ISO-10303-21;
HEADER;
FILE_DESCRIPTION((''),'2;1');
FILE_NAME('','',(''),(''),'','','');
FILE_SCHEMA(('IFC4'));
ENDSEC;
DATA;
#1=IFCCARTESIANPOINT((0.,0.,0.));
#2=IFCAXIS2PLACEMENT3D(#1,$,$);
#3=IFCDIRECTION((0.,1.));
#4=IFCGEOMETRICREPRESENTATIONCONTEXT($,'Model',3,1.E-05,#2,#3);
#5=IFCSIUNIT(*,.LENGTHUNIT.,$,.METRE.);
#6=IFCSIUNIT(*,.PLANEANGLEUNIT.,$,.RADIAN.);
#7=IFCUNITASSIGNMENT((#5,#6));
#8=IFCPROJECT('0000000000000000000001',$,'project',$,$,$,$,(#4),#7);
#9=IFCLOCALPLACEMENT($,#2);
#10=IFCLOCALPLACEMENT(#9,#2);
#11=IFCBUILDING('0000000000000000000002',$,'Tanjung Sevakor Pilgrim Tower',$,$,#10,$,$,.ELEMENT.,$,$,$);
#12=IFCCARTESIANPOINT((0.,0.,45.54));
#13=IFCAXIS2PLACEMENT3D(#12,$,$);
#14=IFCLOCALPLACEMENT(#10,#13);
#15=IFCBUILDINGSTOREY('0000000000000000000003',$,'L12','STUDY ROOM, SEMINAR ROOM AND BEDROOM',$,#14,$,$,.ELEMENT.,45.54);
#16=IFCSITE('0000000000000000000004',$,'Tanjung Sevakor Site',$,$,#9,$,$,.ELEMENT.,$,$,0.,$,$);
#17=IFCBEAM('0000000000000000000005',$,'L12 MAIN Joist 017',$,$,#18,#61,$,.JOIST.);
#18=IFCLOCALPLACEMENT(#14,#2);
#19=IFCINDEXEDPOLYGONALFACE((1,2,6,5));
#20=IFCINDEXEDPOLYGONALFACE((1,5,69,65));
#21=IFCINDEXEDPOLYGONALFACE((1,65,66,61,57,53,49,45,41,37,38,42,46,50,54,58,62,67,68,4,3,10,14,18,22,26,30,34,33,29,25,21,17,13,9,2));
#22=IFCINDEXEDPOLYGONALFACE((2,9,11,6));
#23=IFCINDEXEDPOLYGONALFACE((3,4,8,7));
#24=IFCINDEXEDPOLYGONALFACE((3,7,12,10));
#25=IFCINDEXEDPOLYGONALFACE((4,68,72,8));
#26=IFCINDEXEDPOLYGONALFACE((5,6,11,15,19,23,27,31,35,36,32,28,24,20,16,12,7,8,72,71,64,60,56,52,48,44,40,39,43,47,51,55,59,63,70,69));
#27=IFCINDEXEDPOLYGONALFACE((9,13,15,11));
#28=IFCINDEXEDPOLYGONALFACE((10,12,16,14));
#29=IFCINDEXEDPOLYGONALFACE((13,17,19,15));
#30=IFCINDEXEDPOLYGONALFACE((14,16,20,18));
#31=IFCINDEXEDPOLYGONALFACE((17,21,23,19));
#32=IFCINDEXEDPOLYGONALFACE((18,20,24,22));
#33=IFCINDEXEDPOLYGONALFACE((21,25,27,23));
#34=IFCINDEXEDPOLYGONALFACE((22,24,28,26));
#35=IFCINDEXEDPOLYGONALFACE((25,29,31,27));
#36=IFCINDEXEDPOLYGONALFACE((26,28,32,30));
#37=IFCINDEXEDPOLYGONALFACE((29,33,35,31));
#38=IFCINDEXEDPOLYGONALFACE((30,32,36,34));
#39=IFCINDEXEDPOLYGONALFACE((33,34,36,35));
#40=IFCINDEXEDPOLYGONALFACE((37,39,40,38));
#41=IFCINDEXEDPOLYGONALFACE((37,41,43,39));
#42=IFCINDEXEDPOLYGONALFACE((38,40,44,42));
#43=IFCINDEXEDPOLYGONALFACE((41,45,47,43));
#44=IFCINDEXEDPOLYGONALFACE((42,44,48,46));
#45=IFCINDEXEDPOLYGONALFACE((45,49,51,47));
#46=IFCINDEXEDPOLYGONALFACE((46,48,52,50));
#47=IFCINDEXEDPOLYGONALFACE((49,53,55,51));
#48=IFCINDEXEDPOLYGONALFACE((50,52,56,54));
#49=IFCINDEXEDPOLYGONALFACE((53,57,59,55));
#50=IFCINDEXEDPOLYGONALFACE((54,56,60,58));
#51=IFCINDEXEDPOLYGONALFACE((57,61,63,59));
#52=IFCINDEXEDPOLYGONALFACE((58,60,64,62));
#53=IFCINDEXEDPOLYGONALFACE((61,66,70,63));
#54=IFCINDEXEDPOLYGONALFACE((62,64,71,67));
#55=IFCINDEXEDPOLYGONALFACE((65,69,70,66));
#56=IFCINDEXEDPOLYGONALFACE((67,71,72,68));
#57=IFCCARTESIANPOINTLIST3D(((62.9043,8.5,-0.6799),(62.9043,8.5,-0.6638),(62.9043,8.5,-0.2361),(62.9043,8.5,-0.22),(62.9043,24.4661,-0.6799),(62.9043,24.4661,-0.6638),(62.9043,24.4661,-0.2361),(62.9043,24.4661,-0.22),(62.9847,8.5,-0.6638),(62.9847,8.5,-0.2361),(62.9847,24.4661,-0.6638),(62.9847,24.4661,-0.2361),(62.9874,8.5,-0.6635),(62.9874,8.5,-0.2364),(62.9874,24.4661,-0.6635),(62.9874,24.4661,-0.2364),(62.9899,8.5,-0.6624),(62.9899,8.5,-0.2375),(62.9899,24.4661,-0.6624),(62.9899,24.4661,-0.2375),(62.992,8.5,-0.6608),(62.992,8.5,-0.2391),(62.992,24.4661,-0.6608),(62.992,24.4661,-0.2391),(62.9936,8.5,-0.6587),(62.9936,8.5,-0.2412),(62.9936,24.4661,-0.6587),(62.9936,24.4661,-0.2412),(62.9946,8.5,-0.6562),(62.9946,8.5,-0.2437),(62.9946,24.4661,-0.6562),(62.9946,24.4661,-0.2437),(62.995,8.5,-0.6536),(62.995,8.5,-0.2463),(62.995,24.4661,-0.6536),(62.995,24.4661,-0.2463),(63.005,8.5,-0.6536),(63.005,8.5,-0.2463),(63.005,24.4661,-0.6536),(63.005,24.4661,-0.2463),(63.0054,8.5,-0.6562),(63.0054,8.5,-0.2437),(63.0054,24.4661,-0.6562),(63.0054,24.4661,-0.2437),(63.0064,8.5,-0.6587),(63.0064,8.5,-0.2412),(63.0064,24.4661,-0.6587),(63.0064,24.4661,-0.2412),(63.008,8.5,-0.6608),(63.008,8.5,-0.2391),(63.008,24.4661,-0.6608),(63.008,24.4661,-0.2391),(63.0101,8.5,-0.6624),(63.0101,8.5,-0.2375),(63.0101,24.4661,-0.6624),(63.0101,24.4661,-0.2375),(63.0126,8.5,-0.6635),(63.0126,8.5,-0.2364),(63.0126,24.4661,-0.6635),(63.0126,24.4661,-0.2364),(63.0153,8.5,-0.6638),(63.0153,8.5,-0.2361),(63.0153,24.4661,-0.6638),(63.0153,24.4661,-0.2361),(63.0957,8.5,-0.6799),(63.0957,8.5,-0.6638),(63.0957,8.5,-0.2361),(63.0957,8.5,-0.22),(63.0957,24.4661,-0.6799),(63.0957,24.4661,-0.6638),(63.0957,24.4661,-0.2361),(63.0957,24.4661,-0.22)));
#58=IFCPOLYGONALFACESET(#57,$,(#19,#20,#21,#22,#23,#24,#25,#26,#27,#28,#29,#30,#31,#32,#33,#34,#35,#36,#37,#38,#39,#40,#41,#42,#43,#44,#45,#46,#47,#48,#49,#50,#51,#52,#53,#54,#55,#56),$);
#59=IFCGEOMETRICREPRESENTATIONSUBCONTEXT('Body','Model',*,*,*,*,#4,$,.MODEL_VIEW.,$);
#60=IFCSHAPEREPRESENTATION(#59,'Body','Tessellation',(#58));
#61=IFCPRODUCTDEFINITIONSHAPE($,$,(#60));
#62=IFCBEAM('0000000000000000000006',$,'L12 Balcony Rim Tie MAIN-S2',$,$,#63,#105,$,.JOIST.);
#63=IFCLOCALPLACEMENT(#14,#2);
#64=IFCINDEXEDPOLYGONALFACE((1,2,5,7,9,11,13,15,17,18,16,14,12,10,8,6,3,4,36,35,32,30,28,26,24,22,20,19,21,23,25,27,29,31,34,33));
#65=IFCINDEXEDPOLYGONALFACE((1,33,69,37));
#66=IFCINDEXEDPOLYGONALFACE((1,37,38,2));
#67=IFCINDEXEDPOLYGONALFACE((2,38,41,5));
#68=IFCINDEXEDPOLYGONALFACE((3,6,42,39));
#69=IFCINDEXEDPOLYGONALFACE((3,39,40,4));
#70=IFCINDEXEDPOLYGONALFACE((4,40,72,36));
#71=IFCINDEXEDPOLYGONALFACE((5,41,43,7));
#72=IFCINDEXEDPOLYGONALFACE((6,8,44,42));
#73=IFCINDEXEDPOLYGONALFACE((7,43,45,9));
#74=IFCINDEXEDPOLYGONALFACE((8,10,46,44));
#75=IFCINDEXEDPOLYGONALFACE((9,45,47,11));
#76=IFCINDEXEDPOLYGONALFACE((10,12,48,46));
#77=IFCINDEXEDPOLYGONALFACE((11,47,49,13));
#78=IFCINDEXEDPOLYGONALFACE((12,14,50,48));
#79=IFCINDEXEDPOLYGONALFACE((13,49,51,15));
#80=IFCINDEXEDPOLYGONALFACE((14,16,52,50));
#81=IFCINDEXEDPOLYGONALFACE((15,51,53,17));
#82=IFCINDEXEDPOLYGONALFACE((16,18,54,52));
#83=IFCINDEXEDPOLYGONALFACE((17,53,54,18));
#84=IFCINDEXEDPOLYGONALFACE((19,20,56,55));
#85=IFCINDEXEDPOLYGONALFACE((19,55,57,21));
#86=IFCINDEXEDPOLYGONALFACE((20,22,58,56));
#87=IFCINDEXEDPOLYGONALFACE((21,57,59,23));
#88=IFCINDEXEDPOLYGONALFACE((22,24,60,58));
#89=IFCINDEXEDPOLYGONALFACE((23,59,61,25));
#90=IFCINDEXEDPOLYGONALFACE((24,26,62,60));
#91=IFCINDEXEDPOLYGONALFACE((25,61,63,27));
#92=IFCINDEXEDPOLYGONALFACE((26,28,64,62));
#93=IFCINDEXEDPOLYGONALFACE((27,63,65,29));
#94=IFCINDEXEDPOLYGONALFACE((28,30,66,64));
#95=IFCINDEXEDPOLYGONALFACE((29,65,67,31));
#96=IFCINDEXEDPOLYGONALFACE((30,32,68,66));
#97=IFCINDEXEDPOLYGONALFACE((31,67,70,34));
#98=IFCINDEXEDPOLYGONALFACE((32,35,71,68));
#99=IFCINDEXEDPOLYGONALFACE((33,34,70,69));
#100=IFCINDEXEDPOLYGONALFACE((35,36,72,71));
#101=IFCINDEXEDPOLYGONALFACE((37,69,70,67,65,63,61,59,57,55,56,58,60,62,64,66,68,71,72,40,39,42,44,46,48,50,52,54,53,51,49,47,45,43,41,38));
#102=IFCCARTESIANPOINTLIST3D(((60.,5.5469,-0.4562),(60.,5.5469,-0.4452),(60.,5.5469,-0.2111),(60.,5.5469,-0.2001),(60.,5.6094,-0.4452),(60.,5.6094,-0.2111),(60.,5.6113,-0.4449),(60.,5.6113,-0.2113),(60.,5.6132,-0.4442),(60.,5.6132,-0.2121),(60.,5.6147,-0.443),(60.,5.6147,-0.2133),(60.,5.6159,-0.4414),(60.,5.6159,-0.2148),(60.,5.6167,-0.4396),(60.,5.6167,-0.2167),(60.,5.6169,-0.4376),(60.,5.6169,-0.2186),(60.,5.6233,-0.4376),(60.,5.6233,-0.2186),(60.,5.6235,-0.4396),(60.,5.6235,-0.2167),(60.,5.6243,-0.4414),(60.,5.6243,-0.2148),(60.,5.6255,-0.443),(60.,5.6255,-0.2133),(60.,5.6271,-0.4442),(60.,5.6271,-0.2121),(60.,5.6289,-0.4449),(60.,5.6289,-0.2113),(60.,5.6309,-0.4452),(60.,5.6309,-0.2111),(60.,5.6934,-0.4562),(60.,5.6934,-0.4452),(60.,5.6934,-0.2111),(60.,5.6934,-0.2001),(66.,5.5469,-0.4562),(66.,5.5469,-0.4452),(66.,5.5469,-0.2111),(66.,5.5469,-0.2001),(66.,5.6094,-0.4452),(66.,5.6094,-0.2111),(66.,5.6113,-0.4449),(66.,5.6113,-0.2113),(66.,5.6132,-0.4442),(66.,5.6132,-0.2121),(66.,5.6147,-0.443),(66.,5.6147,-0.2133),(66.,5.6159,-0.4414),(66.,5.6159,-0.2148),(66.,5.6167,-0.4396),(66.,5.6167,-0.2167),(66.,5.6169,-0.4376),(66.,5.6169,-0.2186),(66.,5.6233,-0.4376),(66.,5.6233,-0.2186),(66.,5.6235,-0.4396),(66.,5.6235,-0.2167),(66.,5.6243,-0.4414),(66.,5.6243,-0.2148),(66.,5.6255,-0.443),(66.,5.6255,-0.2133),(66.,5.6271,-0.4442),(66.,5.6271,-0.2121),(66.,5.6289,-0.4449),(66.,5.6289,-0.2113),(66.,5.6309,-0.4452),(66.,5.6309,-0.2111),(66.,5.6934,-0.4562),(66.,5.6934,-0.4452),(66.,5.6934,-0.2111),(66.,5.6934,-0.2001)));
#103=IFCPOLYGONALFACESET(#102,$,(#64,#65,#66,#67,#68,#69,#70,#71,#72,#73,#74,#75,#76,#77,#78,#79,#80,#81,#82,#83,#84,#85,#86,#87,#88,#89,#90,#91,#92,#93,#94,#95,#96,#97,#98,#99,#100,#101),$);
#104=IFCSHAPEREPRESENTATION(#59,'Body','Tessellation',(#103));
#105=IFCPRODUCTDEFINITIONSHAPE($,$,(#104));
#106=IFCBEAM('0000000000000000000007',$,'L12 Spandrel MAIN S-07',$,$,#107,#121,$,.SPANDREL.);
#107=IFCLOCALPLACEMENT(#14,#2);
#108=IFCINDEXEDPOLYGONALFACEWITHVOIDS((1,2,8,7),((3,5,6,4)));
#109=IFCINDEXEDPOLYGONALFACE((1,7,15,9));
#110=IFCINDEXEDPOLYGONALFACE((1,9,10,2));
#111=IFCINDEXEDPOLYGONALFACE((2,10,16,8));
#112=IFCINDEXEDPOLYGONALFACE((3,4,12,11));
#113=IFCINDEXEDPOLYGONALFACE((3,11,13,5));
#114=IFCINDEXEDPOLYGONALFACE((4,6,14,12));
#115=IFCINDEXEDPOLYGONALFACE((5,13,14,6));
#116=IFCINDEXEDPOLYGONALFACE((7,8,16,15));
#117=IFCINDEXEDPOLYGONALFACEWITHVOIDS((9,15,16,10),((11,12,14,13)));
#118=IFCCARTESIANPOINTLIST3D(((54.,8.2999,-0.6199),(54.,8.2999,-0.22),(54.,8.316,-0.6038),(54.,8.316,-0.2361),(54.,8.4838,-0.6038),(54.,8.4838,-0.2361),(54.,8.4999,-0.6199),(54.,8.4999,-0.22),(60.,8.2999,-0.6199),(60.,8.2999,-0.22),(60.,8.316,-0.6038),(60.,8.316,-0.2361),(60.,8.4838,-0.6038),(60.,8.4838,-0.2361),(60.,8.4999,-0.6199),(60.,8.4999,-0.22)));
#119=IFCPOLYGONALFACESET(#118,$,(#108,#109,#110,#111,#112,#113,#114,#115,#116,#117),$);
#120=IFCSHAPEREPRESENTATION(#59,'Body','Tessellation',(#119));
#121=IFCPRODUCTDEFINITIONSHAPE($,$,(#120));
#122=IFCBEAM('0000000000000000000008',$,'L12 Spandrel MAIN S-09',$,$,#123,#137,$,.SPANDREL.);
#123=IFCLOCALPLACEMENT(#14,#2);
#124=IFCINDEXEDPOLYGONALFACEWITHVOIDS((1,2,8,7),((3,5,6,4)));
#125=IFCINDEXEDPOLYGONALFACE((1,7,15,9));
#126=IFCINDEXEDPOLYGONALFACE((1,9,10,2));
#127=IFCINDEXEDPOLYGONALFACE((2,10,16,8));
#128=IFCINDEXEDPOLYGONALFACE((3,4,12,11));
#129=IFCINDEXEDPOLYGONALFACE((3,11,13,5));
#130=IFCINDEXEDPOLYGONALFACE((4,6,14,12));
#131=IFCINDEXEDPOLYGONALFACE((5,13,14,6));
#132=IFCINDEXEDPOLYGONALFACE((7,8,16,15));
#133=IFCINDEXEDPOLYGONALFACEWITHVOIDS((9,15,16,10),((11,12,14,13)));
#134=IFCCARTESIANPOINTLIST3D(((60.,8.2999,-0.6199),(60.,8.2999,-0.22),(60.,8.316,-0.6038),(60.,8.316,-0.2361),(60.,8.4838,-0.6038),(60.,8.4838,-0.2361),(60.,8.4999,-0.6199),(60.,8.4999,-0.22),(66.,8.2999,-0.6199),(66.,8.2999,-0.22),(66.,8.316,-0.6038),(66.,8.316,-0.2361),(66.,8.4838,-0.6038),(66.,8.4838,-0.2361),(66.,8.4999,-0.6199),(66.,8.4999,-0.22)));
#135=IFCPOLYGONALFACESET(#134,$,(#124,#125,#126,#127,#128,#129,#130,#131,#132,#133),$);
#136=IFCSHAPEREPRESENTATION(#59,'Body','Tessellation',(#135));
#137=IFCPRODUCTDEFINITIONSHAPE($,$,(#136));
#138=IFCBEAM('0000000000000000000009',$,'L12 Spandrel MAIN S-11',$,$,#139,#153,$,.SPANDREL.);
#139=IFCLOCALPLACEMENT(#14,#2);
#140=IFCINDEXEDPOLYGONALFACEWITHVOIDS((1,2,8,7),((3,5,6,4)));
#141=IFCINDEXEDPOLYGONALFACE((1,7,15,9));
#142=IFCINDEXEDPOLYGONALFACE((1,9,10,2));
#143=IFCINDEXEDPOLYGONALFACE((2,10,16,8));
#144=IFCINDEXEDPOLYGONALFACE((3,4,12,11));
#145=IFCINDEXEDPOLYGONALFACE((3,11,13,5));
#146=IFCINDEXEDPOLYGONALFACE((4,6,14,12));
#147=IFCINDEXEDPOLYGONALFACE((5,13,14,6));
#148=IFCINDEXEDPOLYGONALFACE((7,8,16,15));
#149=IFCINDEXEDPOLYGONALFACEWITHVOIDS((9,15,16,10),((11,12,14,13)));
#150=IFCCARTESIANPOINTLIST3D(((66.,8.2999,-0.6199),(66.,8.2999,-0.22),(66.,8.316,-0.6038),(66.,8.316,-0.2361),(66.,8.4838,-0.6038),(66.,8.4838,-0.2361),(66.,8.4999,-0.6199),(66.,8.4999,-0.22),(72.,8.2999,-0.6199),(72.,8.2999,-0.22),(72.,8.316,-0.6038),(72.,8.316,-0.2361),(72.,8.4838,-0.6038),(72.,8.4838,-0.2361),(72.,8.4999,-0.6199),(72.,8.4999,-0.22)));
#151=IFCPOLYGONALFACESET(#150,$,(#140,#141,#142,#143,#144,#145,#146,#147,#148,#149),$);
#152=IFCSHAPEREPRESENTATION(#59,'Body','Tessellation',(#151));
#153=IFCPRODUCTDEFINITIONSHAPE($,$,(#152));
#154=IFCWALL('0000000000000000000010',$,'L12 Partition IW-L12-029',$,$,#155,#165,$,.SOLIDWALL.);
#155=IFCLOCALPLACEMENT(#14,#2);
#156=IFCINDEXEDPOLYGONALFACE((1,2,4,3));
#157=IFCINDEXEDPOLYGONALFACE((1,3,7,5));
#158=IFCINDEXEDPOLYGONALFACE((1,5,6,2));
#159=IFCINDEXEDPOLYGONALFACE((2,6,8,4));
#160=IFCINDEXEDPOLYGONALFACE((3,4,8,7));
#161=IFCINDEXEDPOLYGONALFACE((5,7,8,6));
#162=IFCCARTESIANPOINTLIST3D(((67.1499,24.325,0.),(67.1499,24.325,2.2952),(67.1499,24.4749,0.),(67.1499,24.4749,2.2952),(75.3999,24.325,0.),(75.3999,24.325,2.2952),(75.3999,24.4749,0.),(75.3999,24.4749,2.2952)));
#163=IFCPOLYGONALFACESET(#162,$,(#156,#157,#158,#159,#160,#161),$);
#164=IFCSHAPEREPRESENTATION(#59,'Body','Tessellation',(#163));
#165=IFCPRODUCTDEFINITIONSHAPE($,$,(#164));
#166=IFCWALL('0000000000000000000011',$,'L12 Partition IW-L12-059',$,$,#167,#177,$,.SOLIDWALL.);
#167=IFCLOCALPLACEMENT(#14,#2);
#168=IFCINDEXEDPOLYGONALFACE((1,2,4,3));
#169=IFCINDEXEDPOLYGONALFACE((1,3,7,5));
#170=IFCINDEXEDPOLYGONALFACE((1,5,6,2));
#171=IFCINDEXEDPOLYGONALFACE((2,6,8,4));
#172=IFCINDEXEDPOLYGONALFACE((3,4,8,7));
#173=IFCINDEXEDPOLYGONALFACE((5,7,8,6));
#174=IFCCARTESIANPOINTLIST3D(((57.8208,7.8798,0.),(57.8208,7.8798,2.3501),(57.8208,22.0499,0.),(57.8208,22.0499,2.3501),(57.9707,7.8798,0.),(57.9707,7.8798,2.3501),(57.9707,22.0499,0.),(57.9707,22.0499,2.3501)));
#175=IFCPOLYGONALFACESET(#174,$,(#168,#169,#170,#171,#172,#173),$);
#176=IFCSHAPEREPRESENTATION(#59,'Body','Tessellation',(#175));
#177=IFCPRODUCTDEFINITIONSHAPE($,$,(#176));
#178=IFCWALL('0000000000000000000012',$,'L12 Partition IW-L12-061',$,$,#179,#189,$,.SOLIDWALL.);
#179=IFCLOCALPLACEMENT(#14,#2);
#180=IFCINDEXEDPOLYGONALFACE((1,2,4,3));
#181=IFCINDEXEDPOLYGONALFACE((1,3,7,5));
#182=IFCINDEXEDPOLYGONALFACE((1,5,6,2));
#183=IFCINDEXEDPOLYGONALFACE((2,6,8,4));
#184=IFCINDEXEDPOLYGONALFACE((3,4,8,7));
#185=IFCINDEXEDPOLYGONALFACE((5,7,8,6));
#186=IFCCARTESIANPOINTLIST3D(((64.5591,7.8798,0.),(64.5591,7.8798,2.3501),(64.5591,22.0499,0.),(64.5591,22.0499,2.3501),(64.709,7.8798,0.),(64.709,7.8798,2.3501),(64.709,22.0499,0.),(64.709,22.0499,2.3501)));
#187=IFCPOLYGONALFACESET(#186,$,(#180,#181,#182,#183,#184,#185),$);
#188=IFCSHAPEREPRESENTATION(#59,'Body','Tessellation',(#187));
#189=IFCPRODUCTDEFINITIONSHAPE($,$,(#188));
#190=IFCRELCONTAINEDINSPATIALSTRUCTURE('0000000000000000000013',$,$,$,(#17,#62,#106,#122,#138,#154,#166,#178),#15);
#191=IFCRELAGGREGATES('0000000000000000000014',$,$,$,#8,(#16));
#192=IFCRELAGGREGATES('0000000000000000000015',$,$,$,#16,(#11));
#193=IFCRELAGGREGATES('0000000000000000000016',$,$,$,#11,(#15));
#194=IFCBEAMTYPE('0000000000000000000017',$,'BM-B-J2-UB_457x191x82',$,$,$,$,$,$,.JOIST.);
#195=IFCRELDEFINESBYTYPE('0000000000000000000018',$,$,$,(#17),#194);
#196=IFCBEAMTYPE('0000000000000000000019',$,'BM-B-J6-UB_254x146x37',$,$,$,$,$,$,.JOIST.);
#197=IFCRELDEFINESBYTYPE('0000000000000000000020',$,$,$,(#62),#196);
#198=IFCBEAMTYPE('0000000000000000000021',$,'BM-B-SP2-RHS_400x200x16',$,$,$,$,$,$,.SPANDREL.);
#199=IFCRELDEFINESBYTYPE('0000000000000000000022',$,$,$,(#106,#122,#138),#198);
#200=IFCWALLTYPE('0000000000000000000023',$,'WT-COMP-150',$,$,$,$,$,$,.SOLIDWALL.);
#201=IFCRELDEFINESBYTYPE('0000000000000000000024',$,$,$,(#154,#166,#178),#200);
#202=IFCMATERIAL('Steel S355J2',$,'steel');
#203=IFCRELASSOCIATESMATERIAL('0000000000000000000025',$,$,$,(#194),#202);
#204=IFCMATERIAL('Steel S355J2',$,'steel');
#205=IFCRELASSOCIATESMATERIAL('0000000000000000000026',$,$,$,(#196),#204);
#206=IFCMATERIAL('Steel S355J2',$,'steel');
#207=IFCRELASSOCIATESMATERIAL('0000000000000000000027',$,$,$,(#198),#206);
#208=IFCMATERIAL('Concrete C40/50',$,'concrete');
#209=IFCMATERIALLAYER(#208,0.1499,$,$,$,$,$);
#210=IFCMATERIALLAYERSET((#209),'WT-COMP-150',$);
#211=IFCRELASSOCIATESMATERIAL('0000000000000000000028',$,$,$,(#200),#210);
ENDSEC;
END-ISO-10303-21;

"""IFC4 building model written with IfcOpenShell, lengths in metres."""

from ifc_helpers import new_model, si_unit, direction, frame, frame_2d, origin, origin_2d, place, context, subcontext, project, spatial, rectangle, hollow_rectangle, i_section, extrude, material, layer, layer_set, material_profile, profile_set, type_object, element, save


model = new_model("IFC4")

# Units and contexts
model_context = context("Model", 3, precision=1e-05, world=origin(), true_north=direction((0.0, 1.0)))
body_context = subcontext(model_context, "Body", "Model", "MODEL_VIEW")
ifc_project = project(units=[si_unit("LENGTHUNIT", "METRE"), si_unit("PLANEANGLEUNIT", "RADIAN")], contexts=[model_context])

# Site, building, storey
site_placement = place(None, origin())
site = spatial("IfcSite", under=ifc_project, at=site_placement, Name="Tanjung Sevakor Site", CompositionType="ELEMENT", RefElevation=0.0)
building_placement = place(site_placement, origin())
building = spatial("IfcBuilding", under=site, at=building_placement, Name="Tanjung Sevakor Pilgrim Tower", CompositionType="ELEMENT")
storey_placement = place(building_placement, frame((0.0, 0.0, 45.54)))
storey = spatial("IfcBuildingStorey", under=building, at=storey_placement, Name="L12", Description="STUDY ROOM, SEMINAR ROOM AND BEDROOM", CompositionType="ELEMENT", Elevation=45.54)

# Beams
ifc_material_1 = material(Name="Steel S355J2", Category="steel")
ifc_material_profile_1 = material_profile(ifc_material_1, i_section(OverallWidth=0.1914, OverallDepth=0.46, WebThickness=0.01, FlangeThickness=0.0161, FilletRadius=0.0103, at=origin_2d()))
ifc_profile_set_1 = profile_set([ifc_material_profile_1], Name="Steel S355J2")
beam_type_1 = type_object("IfcBeamType", Name="BM-B-J2-UB_457x191x82", PredefinedType="JOIST", material=ifc_profile_set_1)
for number, where, z_axis, x_axis, name in (
    (1, (63.0, 8.5, -0.45), (0.0, 1.0, 0.0), (-1.0, 0.0, 0.0), "L12 MAIN Joist 017"),
):
    element("IfcBeam", number, at=place(storey_placement, frame(where, z_axis=z_axis, x_axis=x_axis)), inside=storey, type_object=beam_type_1, Name=name, PredefinedType="JOIST", context=body_context, shape_type="SweptSolid", body=[
        extrude(i_section(OverallWidth=0.1914, OverallDepth=0.46, WebThickness=0.01, FlangeThickness=0.0161, FilletRadius=0.0103, at=origin_2d()), origin(), (0.0, 0.0, 1.0), 15.9661),
    ])
ifc_material_2 = material(Name="Steel S355J2", Category="steel")
ifc_material_profile_2 = material_profile(ifc_material_2, i_section(OverallWidth=0.1465, OverallDepth=0.2561, WebThickness=0.0063, FlangeThickness=0.011, FilletRadius=0.0076, at=origin_2d()))
ifc_profile_set_2 = profile_set([ifc_material_profile_2], Name="Steel S355J2")
beam_type_2 = type_object("IfcBeamType", Name="BM-B-J6-UB_254x146x37", PredefinedType="JOIST", material=ifc_profile_set_2)
beam_1_placement = place(storey_placement, frame((60.0, 5.6201, -0.3281), z_axis=(1.0, 0.0, 0.0), x_axis=(0.0, 1.0, 0.0)))
element("IfcBeam", 2, at=beam_1_placement, inside=storey, type_object=beam_type_2, Name="L12 Balcony Rim Tie MAIN-S2", PredefinedType="JOIST", context=body_context, shape_type="SweptSolid", body=[
    extrude(i_section(OverallWidth=0.1465, OverallDepth=0.2561, WebThickness=0.0063, FlangeThickness=0.011, FilletRadius=0.0076, at=origin_2d()), origin(), (0.0, 0.0, 1.0), 6.0),
])
ifc_material_3 = material(Name="Steel S355J2", Category="steel")
ifc_material_profile_3 = material_profile(ifc_material_3, hollow_rectangle(XDim=0.2, YDim=0.3999, WallThickness=0.0161, at=origin_2d()))
ifc_profile_set_3 = profile_set([ifc_material_profile_3], Name="Steel S355J2")
beam_type_3 = type_object("IfcBeamType", Name="BM-B-SP2-RHS_400x200x16", PredefinedType="SPANDREL", material=ifc_profile_set_3)
for number, where, z_axis, x_axis, name in (
    (3, (54.0, 8.3999, -0.4199), (1.0, 0.0, 0.0), (0.0, 1.0, 0.0), "L12 Spandrel MAIN S-07"),
    (4, (60.0, 8.3999, -0.4199), (1.0, 0.0, 0.0), (0.0, 1.0, 0.0), "L12 Spandrel MAIN S-09"),
    (5, (66.0, 8.3999, -0.4199), (1.0, 0.0, 0.0), (0.0, 1.0, 0.0), "L12 Spandrel MAIN S-11"),
):
    element("IfcBeam", number, at=place(storey_placement, frame(where, z_axis=z_axis, x_axis=x_axis)), inside=storey, type_object=beam_type_3, Name=name, PredefinedType="SPANDREL", context=body_context, shape_type="SweptSolid", body=[
        extrude(hollow_rectangle(XDim=0.2, YDim=0.3999, WallThickness=0.0161, at=origin_2d()), origin(), (0.0, 0.0, 1.0), 6.0),
    ])

# Walls
ifc_material_4 = material(Name="Concrete C40/50", Category="concrete")
ifc_layer_1 = layer(ifc_material_4, 0.1499)
ifc_layer_set_1 = layer_set([ifc_layer_1], Name="WT-COMP-150")
wall_type_1 = type_object("IfcWallType", Name="WT-COMP-150", PredefinedType="SOLIDWALL", material=ifc_layer_set_1)
wall_1_placement = place(storey_placement, frame((67.1499, 24.3999, 0.0), z_axis=(0.0, 0.0, 1.0), x_axis=(1.0, 0.0, 0.0)))
element("IfcWall", 6, at=wall_1_placement, inside=storey, type_object=wall_type_1, Name="L12 Partition IW-L12-029", PredefinedType="SOLIDWALL", context=body_context, shape_type="SweptSolid", body=[
    extrude(rectangle(XDim=8.25, YDim=0.1499, at=frame_2d((4.125, 0.0))), origin(), (0.0, 0.0, 1.0), 2.2952),
])
for number, where, z_axis, x_axis, name in (
    (7, (57.8958, 7.8799, 0.0), (0.0, 0.0, 1.0), (0.0, 1.0, 0.0), "L12 Partition IW-L12-059"),
    (8, (64.634, 7.8799, 0.0), (0.0, 0.0, 1.0), (0.0, 1.0, 0.0), "L12 Partition IW-L12-061"),
):
    element("IfcWall", number, at=place(storey_placement, frame(where, z_axis=z_axis, x_axis=x_axis)), inside=storey, type_object=wall_type_1, Name=name, PredefinedType="SOLIDWALL", context=body_context, shape_type="SweptSolid", body=[
        extrude(rectangle(XDim=14.1702, YDim=0.1499, at=frame_2d((7.085, 0.0))), origin(), (0.0, 0.0, 1.0), 2.3501),
    ])

save(model, "model.ifc")
